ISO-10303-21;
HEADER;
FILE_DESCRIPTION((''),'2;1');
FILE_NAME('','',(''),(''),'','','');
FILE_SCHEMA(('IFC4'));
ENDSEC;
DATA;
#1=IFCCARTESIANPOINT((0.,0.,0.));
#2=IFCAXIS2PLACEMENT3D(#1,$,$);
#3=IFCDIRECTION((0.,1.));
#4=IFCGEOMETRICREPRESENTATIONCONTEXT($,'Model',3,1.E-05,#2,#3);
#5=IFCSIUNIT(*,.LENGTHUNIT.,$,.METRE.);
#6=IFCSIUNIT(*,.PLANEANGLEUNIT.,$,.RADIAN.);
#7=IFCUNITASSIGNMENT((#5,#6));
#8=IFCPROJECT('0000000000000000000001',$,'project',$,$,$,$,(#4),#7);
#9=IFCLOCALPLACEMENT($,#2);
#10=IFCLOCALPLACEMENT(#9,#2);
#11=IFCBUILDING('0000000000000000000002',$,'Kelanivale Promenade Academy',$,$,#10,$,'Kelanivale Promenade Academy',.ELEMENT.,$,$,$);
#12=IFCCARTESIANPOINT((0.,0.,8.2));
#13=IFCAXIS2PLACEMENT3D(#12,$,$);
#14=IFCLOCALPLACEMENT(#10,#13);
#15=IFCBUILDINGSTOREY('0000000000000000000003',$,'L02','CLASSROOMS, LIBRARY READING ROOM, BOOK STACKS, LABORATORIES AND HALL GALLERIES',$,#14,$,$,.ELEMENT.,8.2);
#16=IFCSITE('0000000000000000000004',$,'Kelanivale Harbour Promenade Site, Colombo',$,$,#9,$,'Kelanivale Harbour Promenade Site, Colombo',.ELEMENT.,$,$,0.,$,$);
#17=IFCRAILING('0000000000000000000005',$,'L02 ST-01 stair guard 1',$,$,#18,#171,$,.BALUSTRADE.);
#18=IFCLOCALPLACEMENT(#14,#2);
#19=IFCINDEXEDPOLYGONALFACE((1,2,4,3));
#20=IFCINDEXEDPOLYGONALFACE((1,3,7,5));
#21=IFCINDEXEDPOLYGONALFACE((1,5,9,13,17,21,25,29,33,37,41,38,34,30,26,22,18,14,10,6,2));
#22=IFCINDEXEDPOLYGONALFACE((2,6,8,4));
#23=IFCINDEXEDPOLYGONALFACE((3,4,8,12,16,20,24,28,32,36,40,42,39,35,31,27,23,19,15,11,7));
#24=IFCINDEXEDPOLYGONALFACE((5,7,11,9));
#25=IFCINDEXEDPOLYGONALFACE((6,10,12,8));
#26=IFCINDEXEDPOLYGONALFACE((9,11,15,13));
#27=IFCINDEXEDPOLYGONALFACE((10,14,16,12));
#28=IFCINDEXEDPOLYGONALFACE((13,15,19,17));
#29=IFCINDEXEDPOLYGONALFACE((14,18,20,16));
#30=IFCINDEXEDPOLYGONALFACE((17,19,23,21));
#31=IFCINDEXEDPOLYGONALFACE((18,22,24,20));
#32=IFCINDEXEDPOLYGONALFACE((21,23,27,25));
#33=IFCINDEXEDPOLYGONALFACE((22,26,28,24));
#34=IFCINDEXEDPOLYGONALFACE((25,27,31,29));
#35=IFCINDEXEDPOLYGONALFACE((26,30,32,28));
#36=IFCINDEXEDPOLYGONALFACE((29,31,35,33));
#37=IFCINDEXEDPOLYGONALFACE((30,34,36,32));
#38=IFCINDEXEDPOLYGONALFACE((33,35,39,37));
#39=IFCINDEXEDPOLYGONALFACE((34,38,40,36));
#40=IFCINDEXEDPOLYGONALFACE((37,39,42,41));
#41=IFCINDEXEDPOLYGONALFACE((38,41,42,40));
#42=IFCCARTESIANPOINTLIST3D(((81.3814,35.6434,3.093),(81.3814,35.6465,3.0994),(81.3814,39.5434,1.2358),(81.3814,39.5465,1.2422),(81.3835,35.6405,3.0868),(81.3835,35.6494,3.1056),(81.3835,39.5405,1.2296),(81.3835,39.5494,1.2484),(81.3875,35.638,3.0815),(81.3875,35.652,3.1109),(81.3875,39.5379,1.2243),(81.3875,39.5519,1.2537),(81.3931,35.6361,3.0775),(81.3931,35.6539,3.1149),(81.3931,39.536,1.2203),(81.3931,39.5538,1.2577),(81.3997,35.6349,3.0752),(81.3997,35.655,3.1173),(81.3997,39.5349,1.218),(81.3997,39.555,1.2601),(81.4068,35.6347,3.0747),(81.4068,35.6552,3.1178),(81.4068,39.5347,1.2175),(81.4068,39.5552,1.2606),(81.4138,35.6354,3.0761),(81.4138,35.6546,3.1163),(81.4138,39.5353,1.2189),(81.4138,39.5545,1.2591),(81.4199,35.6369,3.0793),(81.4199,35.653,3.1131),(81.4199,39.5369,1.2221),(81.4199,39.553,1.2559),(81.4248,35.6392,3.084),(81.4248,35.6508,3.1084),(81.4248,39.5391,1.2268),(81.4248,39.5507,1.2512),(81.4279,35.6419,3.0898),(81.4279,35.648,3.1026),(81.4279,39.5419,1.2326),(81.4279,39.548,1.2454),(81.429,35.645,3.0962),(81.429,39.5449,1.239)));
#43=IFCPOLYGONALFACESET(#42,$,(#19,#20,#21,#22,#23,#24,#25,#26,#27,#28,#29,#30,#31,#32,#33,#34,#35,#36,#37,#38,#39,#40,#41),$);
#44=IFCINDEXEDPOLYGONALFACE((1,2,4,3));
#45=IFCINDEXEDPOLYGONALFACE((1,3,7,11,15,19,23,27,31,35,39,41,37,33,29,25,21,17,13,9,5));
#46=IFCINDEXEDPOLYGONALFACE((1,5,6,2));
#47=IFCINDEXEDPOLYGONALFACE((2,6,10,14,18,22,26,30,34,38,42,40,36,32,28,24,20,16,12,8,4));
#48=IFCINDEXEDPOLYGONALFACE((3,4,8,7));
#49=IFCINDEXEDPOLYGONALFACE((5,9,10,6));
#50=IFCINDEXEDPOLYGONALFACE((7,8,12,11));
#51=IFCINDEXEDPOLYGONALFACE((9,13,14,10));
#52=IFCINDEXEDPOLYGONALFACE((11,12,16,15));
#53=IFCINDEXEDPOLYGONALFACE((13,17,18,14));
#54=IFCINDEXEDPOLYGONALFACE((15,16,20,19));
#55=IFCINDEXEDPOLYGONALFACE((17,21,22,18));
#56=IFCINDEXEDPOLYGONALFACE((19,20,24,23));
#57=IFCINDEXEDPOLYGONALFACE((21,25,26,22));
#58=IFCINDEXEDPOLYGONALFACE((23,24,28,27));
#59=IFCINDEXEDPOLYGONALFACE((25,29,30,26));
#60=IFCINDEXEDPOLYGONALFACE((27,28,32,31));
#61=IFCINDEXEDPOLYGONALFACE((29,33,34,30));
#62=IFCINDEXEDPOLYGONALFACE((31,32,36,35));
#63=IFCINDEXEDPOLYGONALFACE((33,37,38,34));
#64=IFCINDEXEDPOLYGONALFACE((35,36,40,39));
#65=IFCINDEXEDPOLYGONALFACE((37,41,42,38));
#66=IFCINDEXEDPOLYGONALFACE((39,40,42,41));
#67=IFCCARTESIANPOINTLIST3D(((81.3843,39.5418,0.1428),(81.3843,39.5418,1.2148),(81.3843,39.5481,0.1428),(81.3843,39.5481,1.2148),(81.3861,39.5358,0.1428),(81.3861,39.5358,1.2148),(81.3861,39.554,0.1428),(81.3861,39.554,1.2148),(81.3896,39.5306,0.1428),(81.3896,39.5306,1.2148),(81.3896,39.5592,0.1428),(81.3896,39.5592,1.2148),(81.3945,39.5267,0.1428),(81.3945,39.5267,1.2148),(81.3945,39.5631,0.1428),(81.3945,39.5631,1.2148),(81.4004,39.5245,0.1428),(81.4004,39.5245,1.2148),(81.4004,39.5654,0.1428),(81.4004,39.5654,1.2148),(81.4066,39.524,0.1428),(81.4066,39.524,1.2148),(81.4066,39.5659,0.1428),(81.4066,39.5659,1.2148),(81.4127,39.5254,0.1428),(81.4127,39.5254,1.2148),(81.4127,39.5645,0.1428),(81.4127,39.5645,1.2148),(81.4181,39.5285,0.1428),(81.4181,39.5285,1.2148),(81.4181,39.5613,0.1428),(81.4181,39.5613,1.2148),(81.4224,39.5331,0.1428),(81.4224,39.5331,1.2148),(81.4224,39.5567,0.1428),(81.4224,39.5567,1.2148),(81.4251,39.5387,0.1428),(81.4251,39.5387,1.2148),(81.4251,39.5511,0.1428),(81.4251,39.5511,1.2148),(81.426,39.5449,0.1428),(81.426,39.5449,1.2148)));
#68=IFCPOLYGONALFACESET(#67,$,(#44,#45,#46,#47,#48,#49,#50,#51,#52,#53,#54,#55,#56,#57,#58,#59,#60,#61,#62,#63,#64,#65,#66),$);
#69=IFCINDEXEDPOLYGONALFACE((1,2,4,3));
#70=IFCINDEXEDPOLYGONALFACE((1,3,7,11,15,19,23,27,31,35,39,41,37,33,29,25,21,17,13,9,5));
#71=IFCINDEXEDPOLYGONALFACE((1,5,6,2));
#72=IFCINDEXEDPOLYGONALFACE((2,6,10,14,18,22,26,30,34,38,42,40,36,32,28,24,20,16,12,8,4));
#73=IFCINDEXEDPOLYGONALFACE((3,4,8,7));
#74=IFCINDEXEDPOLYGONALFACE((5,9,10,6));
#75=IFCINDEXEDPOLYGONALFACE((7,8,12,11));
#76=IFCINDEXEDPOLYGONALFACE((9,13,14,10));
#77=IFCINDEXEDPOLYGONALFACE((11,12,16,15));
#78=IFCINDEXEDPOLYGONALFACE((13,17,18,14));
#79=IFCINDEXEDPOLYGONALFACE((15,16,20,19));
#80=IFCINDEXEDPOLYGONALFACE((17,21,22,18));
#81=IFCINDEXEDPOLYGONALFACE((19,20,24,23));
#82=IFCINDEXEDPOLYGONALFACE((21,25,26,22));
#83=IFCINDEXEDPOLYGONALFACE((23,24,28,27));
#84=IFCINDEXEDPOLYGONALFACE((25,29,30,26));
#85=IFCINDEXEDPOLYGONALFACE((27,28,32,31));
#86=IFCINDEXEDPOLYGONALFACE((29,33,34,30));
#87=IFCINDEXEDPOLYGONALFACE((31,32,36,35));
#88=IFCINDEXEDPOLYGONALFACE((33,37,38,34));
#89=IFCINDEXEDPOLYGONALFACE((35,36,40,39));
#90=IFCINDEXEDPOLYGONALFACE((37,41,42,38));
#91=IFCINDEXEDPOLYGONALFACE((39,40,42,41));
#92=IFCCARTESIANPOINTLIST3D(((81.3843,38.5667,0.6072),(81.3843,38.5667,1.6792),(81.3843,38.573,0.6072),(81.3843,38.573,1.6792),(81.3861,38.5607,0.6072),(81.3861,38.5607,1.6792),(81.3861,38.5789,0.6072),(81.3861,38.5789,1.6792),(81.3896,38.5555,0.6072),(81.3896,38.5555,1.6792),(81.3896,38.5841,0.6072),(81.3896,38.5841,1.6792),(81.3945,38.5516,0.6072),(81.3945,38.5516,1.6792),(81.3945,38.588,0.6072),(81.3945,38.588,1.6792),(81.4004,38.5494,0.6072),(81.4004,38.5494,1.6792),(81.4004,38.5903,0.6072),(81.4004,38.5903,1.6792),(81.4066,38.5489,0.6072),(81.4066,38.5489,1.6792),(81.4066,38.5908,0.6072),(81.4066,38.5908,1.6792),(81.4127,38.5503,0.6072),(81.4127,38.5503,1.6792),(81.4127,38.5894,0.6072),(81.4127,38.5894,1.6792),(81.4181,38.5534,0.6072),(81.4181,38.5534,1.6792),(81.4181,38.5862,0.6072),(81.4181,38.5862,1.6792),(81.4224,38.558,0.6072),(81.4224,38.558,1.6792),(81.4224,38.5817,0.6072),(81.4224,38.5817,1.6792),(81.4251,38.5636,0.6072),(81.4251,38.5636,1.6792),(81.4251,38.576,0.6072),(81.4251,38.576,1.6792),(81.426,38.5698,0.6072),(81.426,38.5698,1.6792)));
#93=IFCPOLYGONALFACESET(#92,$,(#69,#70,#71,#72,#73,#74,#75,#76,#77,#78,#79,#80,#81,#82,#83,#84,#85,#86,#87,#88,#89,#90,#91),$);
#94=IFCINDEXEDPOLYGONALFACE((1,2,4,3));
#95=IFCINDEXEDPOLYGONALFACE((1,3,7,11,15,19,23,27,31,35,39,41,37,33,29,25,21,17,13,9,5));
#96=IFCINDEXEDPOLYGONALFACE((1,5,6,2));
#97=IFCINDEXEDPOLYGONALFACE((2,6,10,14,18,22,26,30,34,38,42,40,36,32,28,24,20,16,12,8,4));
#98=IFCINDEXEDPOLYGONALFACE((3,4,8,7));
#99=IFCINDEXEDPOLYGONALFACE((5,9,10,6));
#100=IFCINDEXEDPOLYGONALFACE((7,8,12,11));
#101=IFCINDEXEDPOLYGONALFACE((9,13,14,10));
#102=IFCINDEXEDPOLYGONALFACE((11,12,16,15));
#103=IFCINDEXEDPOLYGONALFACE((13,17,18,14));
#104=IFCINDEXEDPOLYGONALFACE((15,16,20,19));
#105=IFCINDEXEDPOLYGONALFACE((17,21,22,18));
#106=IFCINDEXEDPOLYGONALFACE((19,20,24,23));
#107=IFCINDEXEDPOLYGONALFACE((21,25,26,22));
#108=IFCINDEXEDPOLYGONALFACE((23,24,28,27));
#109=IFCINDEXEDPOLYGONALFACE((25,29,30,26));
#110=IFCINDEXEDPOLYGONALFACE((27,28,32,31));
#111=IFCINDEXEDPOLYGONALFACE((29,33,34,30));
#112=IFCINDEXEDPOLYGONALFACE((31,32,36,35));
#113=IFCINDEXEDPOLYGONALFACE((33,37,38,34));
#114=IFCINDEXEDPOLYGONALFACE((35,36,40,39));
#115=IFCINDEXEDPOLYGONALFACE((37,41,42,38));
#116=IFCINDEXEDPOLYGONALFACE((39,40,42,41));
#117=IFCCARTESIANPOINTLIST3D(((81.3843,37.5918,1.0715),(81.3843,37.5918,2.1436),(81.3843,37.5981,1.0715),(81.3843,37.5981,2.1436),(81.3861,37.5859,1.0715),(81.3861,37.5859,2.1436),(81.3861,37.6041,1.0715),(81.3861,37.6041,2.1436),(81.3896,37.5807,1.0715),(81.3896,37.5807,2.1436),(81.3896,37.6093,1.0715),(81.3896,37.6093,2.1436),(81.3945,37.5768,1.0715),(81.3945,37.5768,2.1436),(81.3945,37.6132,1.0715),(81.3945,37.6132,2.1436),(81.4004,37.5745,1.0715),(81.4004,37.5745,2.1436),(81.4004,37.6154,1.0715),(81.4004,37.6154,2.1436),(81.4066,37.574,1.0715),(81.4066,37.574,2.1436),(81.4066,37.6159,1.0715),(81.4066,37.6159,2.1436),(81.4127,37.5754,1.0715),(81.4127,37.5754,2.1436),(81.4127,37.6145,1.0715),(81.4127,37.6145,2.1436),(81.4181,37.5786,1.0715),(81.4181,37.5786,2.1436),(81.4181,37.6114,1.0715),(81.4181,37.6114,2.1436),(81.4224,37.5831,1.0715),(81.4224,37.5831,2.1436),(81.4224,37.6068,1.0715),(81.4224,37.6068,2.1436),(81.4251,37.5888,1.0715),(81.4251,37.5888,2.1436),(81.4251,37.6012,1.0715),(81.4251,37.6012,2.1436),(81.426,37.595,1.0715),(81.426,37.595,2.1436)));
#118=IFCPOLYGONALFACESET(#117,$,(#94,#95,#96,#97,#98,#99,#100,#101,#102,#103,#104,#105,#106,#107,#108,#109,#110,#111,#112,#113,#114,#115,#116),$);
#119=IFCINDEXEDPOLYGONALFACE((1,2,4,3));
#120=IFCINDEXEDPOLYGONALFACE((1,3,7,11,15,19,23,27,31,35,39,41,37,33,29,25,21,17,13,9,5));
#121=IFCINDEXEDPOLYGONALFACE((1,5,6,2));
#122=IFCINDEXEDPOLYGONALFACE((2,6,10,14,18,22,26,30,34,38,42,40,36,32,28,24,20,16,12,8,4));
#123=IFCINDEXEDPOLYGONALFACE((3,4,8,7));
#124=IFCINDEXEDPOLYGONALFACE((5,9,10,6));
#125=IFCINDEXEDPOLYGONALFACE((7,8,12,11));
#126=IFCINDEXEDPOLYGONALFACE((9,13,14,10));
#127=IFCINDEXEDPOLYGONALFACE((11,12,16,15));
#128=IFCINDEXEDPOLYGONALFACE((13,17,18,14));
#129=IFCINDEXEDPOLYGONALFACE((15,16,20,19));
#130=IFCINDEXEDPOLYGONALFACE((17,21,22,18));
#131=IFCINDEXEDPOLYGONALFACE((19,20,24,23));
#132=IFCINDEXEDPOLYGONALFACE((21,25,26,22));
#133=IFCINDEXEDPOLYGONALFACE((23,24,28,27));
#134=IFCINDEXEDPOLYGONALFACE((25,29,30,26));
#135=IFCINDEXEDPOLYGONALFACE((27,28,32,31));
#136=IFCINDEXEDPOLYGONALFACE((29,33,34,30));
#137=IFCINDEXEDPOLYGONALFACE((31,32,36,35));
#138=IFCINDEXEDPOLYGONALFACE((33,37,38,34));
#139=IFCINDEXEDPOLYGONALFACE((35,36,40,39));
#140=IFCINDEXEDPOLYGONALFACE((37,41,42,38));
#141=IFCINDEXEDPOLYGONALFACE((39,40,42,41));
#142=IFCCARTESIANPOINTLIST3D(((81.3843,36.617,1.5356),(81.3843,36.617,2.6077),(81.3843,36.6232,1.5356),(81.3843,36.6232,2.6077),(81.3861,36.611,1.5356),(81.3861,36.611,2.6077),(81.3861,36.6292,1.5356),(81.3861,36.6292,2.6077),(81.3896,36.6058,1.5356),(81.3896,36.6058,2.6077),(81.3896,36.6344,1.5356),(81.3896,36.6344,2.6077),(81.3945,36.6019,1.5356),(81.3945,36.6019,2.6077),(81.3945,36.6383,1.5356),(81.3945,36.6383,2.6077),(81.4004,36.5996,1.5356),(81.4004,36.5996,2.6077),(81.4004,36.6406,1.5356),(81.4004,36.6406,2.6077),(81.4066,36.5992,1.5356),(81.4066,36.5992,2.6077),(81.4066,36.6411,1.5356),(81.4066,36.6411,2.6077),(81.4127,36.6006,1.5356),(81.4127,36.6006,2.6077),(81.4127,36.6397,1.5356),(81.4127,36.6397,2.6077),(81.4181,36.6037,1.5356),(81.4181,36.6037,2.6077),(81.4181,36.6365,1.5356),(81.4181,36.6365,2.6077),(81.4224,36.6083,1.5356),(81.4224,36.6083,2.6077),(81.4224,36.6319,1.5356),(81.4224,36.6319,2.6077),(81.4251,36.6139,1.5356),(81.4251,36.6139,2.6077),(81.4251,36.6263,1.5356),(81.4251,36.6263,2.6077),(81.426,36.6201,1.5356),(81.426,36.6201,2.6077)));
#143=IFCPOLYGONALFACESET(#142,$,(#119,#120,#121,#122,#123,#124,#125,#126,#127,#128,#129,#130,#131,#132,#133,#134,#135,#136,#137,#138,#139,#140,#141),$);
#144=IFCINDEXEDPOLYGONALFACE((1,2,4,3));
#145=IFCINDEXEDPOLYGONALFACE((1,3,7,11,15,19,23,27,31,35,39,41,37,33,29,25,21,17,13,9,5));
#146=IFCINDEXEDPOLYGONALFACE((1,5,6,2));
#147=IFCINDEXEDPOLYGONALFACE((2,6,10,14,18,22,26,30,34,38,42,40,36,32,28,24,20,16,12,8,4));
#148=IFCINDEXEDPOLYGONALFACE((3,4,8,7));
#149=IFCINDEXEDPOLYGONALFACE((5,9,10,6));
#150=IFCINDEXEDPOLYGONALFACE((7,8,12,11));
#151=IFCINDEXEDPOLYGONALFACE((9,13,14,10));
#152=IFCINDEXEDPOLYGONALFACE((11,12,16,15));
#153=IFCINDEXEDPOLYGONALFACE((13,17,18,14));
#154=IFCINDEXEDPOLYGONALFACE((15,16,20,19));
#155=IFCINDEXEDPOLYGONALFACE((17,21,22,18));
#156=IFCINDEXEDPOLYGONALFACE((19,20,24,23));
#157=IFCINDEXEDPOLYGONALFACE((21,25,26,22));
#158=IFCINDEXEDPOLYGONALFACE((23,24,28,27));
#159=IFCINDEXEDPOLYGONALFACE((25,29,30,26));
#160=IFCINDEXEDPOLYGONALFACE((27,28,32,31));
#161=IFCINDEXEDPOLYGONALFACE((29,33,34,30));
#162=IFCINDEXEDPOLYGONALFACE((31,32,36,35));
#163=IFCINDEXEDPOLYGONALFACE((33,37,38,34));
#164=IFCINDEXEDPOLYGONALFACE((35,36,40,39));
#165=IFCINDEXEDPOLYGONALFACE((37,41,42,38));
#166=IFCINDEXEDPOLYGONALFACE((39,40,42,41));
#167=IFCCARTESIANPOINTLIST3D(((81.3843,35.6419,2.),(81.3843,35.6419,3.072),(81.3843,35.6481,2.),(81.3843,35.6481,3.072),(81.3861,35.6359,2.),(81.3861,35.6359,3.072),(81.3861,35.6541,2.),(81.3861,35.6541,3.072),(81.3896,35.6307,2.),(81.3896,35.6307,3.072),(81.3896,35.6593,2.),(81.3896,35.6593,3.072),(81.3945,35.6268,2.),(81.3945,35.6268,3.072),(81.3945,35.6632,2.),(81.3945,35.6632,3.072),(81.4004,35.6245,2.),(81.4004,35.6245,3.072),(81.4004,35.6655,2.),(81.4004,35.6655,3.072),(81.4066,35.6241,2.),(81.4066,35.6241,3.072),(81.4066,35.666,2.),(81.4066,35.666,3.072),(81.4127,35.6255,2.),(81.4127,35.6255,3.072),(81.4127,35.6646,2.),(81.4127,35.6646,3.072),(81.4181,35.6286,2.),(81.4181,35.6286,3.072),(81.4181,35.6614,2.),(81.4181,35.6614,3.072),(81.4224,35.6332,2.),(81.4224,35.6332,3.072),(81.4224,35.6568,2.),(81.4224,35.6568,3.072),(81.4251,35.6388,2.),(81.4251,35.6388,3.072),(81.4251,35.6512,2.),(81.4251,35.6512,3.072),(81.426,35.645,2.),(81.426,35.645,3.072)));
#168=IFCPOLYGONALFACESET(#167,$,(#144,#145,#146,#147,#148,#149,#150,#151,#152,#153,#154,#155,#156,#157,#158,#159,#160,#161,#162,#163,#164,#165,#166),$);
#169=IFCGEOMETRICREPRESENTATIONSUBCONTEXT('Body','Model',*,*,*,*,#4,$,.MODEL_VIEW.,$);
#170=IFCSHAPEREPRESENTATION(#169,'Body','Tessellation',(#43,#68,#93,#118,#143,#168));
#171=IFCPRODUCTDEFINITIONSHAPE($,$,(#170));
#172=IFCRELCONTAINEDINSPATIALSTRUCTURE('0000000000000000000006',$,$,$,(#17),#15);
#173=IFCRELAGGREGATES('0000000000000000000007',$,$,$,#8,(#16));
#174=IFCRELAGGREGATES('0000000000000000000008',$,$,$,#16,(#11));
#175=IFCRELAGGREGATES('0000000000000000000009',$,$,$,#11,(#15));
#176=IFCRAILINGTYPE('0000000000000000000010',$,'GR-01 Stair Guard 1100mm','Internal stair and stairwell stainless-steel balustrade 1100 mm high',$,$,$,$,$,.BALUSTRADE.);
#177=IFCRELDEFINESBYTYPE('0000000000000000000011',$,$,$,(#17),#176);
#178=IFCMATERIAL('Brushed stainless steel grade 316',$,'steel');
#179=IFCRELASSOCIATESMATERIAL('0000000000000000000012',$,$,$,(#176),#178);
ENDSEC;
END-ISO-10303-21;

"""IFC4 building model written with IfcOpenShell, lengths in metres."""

from ifc_helpers import new_model, si_unit, direction, frame, origin, origin_2d, place, context, subcontext, project, spatial, circle, extrude, material, type_object, element, save


model = new_model("IFC4")

# Units and contexts
model_context = context("Model", 3, precision=1e-05, world=origin(), true_north=direction((0.0, 1.0)))
body_context = subcontext(model_context, "Body", "Model", "MODEL_VIEW")
ifc_project = project(units=[si_unit("LENGTHUNIT", "METRE"), si_unit("PLANEANGLEUNIT", "RADIAN")], contexts=[model_context])

# Site, building, storey
site_placement = place(None, origin())
site = spatial("IfcSite", under=ifc_project, at=site_placement, Name="Kelanivale Harbour Promenade Site, Colombo", LongName="Kelanivale Harbour Promenade Site, Colombo", CompositionType="ELEMENT", RefElevation=0.0)
building_placement = place(site_placement, origin())
building = spatial("IfcBuilding", under=site, at=building_placement, Name="Kelanivale Promenade Academy", LongName="Kelanivale Promenade Academy", CompositionType="ELEMENT")
storey_placement = place(building_placement, frame((0.0, 0.0, 8.2)))
storey = spatial("IfcBuildingStorey", under=building, at=storey_placement, Name="L02", Description="CLASSROOMS, LIBRARY READING ROOM, BOOK STACKS, LABORATORIES AND HALL GALLERIES", CompositionType="ELEMENT", Elevation=8.2)

# Railing
ifc_material_1 = material(Name="Brushed stainless steel grade 316", Category="steel")
railing_type = type_object("IfcRailingType", Name="GR-01 Stair Guard 1100mm", Description="Internal stair and stairwell stainless-steel balustrade 1100 mm high", PredefinedType="BALUSTRADE", material=ifc_material_1)
railing_1_placement = place(storey_placement, frame((81.405, 39.5449, 0.1428)))
element("IfcRailing", 1, at=railing_1_placement, inside=storey, type_object=railing_type, Name="L02 ST-01 stair guard 1", PredefinedType="BALUSTRADE", context=body_context, shape_type="SweptSolid", body=[
    extrude(circle(Radius=0.0239, at=origin_2d()), frame((0.0, 0.0, 1.0962), z_axis=(0.0, -0.902853, 0.429949), x_axis=(1.0, 0.0, 0.0)), (0.0, 0.0, 1.0), 4.3196),
    extrude(circle(Radius=0.021, at=origin_2d()), origin(), (0.0, 0.0, 1.0), 1.072),
    extrude(circle(Radius=0.021, at=origin_2d()), frame((0.0, -0.9751, 0.4644)), (0.0, 0.0, 1.0), 1.072),
    extrude(circle(Radius=0.021, at=origin_2d()), frame((0.0, -1.95, 0.9287)), (0.0, 0.0, 1.0), 1.072),
    extrude(circle(Radius=0.021, at=origin_2d()), frame((0.0, -2.9248, 1.3928)), (0.0, 0.0, 1.0), 1.072),
    extrude(circle(Radius=0.021, at=origin_2d()), frame((0.0, -3.8999, 1.8572)), (0.0, 0.0, 1.0), 1.072),
])

save(model, "model.ifc")
